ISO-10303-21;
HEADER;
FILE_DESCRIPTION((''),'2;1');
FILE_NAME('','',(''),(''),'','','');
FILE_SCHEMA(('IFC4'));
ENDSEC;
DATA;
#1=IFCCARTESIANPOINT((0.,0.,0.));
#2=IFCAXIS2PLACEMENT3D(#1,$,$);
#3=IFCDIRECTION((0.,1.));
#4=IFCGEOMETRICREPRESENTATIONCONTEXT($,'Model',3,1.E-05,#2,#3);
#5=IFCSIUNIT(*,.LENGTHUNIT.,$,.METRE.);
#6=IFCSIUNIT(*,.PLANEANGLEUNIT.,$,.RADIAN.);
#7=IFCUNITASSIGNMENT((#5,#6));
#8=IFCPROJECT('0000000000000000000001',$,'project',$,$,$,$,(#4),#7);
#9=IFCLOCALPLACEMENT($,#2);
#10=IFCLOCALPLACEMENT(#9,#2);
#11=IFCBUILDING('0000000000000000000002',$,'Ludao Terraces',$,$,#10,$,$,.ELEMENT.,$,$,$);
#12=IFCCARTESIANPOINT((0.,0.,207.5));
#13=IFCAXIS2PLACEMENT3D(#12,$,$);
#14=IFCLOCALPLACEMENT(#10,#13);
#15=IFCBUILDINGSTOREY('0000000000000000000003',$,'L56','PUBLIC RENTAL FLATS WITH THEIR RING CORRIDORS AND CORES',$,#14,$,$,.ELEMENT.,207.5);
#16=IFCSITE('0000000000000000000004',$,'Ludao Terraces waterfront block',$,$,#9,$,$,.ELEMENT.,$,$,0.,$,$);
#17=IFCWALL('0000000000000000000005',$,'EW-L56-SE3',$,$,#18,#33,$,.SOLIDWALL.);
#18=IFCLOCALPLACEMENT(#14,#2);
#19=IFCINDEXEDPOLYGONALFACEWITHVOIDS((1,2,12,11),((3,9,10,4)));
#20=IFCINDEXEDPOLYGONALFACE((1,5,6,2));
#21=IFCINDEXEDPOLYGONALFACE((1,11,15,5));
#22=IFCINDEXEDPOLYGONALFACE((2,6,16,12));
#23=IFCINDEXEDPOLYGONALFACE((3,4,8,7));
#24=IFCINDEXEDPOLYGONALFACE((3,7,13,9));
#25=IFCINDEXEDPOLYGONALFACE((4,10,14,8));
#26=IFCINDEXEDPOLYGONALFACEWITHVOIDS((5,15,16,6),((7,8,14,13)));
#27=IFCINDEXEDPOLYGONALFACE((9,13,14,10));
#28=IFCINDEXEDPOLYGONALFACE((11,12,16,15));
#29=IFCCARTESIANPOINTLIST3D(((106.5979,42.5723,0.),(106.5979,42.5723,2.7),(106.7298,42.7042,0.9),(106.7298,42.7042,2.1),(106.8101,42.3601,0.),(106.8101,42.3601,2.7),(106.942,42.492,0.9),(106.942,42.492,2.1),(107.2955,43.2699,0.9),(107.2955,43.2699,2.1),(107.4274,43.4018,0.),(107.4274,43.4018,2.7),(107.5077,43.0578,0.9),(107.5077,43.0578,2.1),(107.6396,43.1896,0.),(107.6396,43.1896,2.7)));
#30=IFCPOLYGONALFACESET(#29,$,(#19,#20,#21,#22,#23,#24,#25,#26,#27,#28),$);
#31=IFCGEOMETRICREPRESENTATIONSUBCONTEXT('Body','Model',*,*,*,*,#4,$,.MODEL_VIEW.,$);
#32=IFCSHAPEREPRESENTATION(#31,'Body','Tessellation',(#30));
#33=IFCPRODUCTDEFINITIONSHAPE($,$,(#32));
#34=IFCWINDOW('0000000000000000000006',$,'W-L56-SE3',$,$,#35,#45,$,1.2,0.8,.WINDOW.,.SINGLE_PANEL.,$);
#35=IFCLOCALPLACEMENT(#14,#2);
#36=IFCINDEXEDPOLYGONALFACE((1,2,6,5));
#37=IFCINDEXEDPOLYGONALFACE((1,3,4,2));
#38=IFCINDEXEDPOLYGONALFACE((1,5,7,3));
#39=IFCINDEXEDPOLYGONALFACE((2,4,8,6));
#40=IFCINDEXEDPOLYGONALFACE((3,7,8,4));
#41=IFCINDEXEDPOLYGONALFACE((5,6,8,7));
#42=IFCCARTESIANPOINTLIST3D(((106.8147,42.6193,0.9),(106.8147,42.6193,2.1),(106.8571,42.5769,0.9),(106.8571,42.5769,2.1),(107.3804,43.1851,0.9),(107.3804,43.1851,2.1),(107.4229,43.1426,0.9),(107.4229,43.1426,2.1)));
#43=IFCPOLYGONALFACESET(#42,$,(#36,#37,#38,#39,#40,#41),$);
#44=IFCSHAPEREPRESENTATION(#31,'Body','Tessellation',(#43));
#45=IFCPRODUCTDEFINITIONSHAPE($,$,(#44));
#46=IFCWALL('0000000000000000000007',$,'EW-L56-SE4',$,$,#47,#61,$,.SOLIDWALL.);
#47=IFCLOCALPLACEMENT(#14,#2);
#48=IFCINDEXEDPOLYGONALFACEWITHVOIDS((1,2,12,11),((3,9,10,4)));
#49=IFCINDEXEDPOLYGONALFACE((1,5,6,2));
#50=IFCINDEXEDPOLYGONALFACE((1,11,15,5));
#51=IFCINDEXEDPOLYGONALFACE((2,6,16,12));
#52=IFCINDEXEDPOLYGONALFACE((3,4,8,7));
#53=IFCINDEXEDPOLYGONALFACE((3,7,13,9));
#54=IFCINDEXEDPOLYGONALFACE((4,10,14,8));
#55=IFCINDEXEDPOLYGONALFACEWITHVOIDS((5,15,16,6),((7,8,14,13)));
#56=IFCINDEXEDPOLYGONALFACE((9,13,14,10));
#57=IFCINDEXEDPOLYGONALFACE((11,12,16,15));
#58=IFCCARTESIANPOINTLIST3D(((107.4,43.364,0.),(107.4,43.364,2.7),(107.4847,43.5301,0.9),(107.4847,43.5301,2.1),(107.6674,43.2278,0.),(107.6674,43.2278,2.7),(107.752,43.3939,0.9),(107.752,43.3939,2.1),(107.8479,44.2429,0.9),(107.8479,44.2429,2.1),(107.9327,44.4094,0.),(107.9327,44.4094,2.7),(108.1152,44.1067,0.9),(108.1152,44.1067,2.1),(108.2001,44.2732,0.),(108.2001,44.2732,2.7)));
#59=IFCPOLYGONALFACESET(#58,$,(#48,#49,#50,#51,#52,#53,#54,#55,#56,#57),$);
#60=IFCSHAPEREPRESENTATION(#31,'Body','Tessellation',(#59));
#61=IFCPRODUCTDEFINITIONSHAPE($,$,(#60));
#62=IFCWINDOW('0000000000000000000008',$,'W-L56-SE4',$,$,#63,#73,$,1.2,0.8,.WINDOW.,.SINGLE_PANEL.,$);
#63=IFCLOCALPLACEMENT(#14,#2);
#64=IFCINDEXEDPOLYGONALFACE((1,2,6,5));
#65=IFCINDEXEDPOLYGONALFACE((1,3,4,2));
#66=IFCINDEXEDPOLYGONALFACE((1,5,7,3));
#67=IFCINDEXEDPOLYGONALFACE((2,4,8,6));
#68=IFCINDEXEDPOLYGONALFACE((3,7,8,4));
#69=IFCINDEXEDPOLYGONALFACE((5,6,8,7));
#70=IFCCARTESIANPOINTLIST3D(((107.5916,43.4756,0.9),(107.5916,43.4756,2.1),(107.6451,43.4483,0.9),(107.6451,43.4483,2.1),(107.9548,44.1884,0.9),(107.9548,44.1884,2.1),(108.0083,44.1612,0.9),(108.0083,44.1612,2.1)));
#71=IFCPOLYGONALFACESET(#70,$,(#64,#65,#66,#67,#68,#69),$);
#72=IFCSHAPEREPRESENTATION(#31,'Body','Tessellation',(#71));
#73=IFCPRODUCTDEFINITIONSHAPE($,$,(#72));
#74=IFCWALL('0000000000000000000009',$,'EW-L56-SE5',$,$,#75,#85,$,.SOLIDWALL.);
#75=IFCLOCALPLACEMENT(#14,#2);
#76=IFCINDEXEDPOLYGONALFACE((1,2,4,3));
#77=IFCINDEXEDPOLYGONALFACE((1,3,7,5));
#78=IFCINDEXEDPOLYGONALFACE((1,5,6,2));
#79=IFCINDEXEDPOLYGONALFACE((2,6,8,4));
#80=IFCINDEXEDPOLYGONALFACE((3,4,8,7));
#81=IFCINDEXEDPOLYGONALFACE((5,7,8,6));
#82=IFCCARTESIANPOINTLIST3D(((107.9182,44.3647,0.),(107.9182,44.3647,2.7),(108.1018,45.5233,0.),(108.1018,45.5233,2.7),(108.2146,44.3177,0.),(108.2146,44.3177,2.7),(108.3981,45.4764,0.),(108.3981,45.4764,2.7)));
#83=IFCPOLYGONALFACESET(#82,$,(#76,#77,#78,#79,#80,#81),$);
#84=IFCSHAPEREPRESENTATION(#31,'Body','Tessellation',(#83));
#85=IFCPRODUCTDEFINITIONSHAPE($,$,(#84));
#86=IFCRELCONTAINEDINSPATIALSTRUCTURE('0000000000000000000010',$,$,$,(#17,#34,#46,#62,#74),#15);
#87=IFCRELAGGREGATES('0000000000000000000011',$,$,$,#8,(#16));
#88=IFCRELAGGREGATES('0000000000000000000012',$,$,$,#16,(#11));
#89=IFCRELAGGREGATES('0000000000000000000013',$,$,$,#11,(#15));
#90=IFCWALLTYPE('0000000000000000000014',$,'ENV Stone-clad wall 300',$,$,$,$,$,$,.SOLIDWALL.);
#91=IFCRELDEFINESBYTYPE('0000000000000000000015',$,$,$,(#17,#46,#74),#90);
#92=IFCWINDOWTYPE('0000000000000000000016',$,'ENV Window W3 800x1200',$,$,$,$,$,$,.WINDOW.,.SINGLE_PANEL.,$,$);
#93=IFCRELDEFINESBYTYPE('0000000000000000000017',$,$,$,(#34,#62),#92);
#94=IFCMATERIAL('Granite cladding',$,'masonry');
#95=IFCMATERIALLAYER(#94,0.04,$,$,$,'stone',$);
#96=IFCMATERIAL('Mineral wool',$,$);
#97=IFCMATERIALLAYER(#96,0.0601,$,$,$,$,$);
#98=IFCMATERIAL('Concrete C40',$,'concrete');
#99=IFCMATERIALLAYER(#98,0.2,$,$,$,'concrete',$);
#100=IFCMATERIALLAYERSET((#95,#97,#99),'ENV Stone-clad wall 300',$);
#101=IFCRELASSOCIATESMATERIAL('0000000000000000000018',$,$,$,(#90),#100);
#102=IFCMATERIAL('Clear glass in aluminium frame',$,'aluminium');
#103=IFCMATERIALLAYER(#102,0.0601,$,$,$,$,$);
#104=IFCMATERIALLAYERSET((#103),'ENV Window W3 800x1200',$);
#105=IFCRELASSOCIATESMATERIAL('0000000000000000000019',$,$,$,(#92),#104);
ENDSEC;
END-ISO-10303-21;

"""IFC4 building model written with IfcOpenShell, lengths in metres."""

from ifc_helpers import new_model, si_unit, direction, frame, frame_2d, origin, place, context, subcontext, project, spatial, rectangle, extrude, material, layer, layer_set, type_object, element, fill, save


model = new_model("IFC4")

# Units and contexts
model_context = context("Model", 3, precision=1e-05, world=origin(), true_north=direction((0.0, 1.0)))
body_context = subcontext(model_context, "Body", "Model", "MODEL_VIEW")
ifc_project = project(units=[si_unit("LENGTHUNIT", "METRE"), si_unit("PLANEANGLEUNIT", "RADIAN")], contexts=[model_context])

# Site, building, storey
site_placement = place(None, origin())
site = spatial("IfcSite", under=ifc_project, at=site_placement, Name="Ludao Terraces waterfront block", CompositionType="ELEMENT", RefElevation=0.0)
building_placement = place(site_placement, origin())
building = spatial("IfcBuilding", under=site, at=building_placement, Name="Ludao Terraces", CompositionType="ELEMENT")
storey_placement = place(building_placement, frame((0.0, 0.0, 207.5)))
storey = spatial("IfcBuildingStorey", under=building, at=storey_placement, Name="L56", Description="PUBLIC RENTAL FLATS WITH THEIR RING CORRIDORS AND CORES", CompositionType="ELEMENT", Elevation=207.5)

# Shared definitions
ifc_material_1 = material(Name="Concrete C40", Category="concrete")

# Shared definitions
ifc_material_2 = material(Name="Granite cladding", Category="masonry")
ifc_layer_1 = layer(ifc_material_2, 0.04, Category="stone")
ifc_material_3 = material(Name="Mineral wool")
ifc_layer_2 = layer(ifc_material_3, 0.0601)
ifc_layer_3 = layer(ifc_material_1, 0.2, Category="concrete")
ifc_layer_set_1 = layer_set([ifc_layer_1, ifc_layer_2, ifc_layer_3], Name="ENV Stone-clad wall 300")
wall_type_1 = type_object("IfcWallType", Name="ENV Stone-clad wall 300", PredefinedType="SOLIDWALL", material=ifc_layer_set_1)
ifc_material_4 = material(Name="Clear glass in aluminium frame", Category="aluminium")

# Walls, openings, windows
ifc_layer_4 = layer(ifc_material_4, 0.0601)
ifc_layer_set_2 = layer_set([ifc_layer_4], Name="ENV Window W3 800x1200")
window_type_1 = type_object("IfcWindowType", Name="ENV Window W3 800x1200", PartitioningType="SINGLE_PANEL", PredefinedType="WINDOW", material=ifc_layer_set_2)
wall_1_placement = place(storey_placement, frame((106.7041, 42.4663, 0.0), z_axis=(0.0, 0.0, 1.0), x_axis=(0.707107, 0.707107, 0.0)))
wall_1 = element("IfcWall", 1, at=wall_1_placement, inside=storey, type_object=wall_type_1, Name="EW-L56-SE3", PredefinedType="SOLIDWALL", context=body_context, shape_type="SweptSolid", body=[
    extrude(rectangle(XDim=1.1731, YDim=0.3, at=frame_2d((0.5864, 0.0))), origin(), (0.0, 0.0, 1.0), 2.7),
])
opening_1_placement = place(wall_1_placement, frame((0.1865, 0.0, 0.8999)))
opening_1 = element("IfcOpeningElement", 2, at=opening_1_placement, cuts=wall_1, PredefinedType="OPENING", context=body_context, shape_type="SweptSolid", body=[
    extrude(rectangle(XDim=0.8, YDim=1.2, at=frame_2d((0.3999, 0.6001))), frame((0.0, 0.1602, 0.0), z_axis=(0.0, -1.0, 0.0), x_axis=(1.0, 0.0, 0.0)), (0.0, 0.0, 1.0), 0.3201),
])
window_1_placement = place(opening_1_placement, origin())
window_1 = element("IfcWindow", 3, at=window_1_placement, inside=storey, type_object=window_type_1, Name="W-L56-SE3", OverallHeight=1.2, OverallWidth=0.8, PartitioningType="SINGLE_PANEL", PredefinedType="WINDOW", context=body_context, shape_type="SweptSolid", body=[
    extrude(rectangle(XDim=0.8, YDim=1.2, at=frame_2d((0.3999, 0.6001))), frame((0.0, 0.03, 0.0), z_axis=(0.0, -1.0, 0.0), x_axis=(1.0, 0.0, 0.0)), (0.0, 0.0, 1.0), 0.0601),
])
fill(opening_1, window_1)
wall_2_placement = place(storey_placement, frame((107.5337, 43.2959, 0.0), z_axis=(0.0, 0.0, 1.0), x_axis=(0.454026, 0.890989, 0.0)))
wall_2 = element("IfcWall", 4, at=wall_2_placement, inside=storey, type_object=wall_type_1, Name="EW-L56-SE4", PredefinedType="SOLIDWALL", context=body_context, shape_type="SweptSolid", body=[
    extrude(rectangle(XDim=1.1733, YDim=0.3, at=frame_2d((0.5867, 0.0))), origin(), (0.0, 0.0, 1.0), 2.7),
])
opening_2_placement = place(wall_2_placement, frame((0.1865, 0.0, 0.8999)))
opening_2 = element("IfcOpeningElement", 5, at=opening_2_placement, cuts=wall_2, PredefinedType="OPENING", context=body_context, shape_type="SweptSolid", body=[
    extrude(rectangle(XDim=0.8, YDim=1.2, at=frame_2d((0.3999, 0.6001))), frame((0.0, 0.1602, 0.0), z_axis=(0.0, -1.0, 0.0), x_axis=(1.0, 0.0, 0.0)), (0.0, 0.0, 1.0), 0.3201),
])
window_2_placement = place(opening_2_placement, origin())
window_2 = element("IfcWindow", 6, at=window_2_placement, inside=storey, type_object=window_type_1, Name="W-L56-SE4", OverallHeight=1.2, OverallWidth=0.8, PartitioningType="SINGLE_PANEL", PredefinedType="WINDOW", context=body_context, shape_type="SweptSolid", body=[
    extrude(rectangle(XDim=0.8, YDim=1.2, at=frame_2d((0.3999, 0.6001))), frame((0.0, 0.03, 0.0), z_axis=(0.0, -1.0, 0.0), x_axis=(1.0, 0.0, 0.0)), (0.0, 0.0, 1.0), 0.0601),
])
fill(opening_2, window_2)

# Wall
wall_3_placement = place(storey_placement, frame((108.0664, 44.3413, 0.0), z_axis=(0.0, 0.0, 1.0), x_axis=(0.156497, 0.987678, 0.0)))
element("IfcWall", 7, at=wall_3_placement, inside=storey, type_object=wall_type_1, Name="EW-L56-SE5", PredefinedType="SOLIDWALL", context=body_context, shape_type="SweptSolid", body=[
    extrude(rectangle(XDim=1.1731, YDim=0.3, at=frame_2d((0.5864, 0.0))), origin(), (0.0, 0.0, 1.0), 2.7),
])

save(model, "model.ifc")
